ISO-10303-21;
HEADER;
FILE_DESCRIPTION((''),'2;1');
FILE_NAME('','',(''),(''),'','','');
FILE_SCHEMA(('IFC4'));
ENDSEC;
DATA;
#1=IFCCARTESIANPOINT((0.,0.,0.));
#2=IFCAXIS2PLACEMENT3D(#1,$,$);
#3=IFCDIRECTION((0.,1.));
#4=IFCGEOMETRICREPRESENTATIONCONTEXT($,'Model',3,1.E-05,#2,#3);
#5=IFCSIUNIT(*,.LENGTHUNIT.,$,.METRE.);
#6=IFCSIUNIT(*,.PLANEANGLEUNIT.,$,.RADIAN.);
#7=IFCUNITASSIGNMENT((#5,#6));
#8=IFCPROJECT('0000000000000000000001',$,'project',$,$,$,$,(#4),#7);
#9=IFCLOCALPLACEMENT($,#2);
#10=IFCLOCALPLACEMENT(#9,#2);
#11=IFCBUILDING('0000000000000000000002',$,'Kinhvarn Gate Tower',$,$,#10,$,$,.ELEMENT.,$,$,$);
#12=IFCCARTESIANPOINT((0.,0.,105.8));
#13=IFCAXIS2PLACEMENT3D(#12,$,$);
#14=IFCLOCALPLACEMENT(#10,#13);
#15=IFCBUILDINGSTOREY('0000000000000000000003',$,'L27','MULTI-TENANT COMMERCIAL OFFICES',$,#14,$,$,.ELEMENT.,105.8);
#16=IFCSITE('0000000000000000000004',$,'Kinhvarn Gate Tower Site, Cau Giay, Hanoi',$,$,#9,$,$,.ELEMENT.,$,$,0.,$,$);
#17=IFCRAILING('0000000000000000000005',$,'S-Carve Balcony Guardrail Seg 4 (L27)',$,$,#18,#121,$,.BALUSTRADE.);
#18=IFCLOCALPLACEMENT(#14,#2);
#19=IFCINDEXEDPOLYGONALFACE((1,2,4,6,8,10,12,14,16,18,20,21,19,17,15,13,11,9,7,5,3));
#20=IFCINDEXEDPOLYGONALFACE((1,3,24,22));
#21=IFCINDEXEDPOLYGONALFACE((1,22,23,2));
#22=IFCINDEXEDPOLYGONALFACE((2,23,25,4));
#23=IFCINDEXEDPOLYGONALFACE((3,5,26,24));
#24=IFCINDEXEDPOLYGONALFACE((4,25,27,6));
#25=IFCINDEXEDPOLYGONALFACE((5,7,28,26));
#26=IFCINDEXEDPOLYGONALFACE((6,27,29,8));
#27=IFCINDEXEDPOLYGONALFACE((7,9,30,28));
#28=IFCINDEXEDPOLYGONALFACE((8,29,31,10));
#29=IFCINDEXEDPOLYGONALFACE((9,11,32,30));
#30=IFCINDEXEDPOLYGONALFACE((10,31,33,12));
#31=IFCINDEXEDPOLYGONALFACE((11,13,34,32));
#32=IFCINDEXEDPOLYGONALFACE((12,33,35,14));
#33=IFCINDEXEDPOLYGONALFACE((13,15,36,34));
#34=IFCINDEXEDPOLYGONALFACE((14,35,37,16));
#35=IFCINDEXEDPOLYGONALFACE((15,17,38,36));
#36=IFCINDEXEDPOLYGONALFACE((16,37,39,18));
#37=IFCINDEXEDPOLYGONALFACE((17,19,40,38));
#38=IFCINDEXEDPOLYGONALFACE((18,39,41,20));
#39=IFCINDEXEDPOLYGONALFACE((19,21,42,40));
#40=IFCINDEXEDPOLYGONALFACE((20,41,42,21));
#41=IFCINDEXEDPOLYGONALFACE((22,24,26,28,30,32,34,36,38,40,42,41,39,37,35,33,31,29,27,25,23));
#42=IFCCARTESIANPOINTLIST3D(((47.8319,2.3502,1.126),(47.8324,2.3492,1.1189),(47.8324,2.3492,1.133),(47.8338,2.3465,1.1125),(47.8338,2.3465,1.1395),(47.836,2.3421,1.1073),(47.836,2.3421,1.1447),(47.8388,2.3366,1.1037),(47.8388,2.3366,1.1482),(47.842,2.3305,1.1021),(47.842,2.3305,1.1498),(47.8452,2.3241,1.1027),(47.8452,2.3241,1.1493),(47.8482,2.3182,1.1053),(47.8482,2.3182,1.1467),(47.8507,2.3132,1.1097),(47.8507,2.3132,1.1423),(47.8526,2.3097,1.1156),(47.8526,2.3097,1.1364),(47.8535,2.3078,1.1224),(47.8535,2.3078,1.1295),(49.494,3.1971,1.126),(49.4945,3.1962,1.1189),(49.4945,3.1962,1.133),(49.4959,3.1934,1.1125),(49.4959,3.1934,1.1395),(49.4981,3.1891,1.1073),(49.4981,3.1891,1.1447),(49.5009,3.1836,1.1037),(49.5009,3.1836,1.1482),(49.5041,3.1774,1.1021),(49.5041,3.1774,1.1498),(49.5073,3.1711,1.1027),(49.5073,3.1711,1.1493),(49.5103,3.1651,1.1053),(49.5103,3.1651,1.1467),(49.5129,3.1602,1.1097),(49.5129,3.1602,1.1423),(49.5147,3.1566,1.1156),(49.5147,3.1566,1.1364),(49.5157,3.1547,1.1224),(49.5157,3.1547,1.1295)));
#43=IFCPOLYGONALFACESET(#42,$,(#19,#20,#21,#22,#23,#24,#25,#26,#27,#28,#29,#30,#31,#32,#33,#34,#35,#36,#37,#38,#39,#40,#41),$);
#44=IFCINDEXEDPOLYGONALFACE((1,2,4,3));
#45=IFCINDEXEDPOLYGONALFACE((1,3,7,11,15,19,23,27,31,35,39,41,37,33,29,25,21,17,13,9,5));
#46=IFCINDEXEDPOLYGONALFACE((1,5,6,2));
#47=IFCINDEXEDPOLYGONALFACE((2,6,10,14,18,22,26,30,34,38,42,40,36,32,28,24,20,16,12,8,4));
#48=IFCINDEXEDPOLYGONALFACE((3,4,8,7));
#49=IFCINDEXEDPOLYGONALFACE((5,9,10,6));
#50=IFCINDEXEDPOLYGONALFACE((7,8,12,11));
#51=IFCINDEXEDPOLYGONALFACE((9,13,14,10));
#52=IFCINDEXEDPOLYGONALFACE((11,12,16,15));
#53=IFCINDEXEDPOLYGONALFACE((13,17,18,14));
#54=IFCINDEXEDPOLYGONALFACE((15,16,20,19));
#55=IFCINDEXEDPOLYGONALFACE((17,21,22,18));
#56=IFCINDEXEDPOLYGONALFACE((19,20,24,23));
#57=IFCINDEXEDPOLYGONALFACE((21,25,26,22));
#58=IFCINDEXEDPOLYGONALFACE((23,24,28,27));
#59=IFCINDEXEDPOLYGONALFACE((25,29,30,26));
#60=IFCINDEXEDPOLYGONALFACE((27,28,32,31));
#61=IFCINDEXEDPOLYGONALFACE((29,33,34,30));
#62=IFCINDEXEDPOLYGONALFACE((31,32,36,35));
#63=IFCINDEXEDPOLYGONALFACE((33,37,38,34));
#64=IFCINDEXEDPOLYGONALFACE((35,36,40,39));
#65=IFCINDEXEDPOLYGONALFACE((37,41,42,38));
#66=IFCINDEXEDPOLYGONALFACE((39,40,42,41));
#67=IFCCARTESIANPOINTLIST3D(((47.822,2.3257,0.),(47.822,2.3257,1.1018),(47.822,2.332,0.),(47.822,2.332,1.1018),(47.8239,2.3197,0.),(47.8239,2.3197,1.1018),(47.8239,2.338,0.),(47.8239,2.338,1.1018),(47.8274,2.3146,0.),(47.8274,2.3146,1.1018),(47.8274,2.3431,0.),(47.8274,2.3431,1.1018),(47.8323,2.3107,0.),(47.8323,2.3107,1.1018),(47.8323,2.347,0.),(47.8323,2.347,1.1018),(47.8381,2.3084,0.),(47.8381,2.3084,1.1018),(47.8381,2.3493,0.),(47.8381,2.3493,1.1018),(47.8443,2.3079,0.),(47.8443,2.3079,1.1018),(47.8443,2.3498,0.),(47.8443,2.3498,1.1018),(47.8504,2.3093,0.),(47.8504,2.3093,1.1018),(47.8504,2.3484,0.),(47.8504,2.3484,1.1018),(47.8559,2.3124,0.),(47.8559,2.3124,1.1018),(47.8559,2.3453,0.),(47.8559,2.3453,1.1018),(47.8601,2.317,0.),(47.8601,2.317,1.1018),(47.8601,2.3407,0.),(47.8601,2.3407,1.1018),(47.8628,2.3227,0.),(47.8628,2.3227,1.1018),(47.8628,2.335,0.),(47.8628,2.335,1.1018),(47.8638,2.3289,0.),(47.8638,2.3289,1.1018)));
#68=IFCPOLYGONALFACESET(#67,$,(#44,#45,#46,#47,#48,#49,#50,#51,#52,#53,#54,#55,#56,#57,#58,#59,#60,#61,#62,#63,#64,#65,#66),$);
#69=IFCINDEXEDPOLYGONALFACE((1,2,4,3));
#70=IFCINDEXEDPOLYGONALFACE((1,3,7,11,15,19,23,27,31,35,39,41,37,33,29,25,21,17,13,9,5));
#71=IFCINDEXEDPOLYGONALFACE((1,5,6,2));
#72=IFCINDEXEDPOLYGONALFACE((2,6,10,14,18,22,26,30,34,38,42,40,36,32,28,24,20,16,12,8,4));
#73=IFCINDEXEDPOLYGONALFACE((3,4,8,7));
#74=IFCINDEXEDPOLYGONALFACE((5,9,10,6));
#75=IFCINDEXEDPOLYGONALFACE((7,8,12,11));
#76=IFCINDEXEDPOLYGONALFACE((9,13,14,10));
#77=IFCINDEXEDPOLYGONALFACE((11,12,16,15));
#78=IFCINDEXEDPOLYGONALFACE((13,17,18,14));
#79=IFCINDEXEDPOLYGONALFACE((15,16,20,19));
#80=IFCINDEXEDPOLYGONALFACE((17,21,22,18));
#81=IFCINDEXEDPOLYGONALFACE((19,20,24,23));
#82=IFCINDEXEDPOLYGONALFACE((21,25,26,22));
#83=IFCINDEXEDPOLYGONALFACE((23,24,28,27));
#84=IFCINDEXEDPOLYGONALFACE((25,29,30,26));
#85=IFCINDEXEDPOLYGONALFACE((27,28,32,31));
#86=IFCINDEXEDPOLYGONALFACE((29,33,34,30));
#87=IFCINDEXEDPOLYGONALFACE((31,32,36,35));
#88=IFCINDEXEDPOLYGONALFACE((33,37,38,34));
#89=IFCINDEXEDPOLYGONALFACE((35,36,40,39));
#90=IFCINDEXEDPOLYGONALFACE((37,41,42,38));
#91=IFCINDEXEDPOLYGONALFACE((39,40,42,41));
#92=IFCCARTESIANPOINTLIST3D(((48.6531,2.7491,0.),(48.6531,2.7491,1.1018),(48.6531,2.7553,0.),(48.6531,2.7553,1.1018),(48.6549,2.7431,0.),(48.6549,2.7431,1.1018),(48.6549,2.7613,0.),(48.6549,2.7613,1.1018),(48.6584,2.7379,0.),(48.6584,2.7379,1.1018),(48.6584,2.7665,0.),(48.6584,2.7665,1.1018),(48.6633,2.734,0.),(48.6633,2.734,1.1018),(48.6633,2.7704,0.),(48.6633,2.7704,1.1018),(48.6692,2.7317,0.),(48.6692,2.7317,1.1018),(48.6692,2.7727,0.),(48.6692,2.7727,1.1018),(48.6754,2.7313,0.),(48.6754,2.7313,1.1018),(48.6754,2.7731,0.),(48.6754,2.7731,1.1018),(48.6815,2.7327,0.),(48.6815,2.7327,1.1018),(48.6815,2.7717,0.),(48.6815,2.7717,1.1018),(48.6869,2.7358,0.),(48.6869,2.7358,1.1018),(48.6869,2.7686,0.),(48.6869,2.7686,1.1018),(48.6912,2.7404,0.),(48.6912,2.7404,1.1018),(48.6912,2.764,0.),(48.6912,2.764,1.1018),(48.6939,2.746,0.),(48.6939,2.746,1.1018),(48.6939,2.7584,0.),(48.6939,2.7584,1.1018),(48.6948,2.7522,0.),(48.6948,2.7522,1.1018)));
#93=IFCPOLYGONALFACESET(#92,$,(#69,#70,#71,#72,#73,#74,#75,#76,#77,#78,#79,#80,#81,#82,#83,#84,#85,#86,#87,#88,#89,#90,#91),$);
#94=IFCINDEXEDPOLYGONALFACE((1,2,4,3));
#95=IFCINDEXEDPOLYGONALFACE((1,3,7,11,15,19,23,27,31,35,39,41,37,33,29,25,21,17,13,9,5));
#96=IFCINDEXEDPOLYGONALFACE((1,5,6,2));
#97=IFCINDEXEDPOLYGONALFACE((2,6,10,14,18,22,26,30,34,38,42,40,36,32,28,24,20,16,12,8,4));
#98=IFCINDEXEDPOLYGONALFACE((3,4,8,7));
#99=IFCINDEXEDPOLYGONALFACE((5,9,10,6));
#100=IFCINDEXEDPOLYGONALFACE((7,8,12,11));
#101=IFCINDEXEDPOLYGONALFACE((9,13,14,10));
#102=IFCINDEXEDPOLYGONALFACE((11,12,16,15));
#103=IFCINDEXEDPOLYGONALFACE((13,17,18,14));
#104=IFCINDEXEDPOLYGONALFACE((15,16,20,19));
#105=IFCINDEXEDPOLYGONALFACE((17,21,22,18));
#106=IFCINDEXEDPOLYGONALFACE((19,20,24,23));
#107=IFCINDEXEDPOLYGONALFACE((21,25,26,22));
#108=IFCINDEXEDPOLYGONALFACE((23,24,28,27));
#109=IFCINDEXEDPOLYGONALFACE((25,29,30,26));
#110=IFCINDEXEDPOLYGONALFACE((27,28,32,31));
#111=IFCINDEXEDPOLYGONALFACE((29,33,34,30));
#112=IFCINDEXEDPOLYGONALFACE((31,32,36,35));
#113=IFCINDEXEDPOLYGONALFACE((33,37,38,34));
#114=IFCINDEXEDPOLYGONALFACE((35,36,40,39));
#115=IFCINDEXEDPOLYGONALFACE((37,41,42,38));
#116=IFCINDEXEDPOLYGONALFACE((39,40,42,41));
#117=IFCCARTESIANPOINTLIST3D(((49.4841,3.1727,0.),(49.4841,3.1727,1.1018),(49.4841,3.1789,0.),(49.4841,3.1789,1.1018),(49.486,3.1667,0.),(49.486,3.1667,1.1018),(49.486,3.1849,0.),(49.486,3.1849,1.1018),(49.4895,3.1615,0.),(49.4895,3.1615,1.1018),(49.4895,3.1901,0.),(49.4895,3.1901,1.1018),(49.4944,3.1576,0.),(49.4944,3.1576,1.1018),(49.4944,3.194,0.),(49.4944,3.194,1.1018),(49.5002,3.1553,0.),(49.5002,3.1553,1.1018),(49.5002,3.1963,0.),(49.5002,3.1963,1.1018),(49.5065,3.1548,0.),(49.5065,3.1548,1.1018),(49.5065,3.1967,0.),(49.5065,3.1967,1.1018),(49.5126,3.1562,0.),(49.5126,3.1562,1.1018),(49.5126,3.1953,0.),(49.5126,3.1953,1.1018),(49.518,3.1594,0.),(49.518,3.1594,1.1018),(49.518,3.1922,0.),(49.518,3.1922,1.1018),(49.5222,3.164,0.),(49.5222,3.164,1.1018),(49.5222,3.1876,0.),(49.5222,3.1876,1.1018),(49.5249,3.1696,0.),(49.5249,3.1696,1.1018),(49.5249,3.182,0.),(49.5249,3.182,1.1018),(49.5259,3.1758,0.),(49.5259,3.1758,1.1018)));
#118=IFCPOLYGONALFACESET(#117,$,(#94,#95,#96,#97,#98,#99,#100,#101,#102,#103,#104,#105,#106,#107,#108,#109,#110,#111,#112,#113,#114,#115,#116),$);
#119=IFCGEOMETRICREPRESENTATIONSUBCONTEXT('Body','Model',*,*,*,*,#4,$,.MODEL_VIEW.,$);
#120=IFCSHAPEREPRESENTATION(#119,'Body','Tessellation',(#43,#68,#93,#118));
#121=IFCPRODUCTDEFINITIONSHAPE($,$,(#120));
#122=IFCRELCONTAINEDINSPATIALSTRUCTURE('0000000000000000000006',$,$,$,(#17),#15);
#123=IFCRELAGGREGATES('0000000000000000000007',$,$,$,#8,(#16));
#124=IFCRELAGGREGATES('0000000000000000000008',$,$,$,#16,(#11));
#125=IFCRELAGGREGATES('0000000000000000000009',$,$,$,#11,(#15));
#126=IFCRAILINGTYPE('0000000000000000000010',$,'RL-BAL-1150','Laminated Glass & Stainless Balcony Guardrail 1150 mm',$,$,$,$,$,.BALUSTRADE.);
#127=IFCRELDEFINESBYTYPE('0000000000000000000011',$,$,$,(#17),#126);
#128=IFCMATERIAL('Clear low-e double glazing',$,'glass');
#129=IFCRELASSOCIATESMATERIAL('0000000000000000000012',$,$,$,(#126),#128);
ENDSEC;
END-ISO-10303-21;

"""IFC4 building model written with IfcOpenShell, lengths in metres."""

from ifc_helpers import new_model, si_unit, direction, frame, origin, origin_2d, place, context, subcontext, project, spatial, circle, extrude, material, type_object, element, save


model = new_model("IFC4")

# Units and contexts
model_context = context("Model", 3, precision=1e-05, world=origin(), true_north=direction((0.0, 1.0)))
body_context = subcontext(model_context, "Body", "Model", "MODEL_VIEW")
ifc_project = project(units=[si_unit("LENGTHUNIT", "METRE"), si_unit("PLANEANGLEUNIT", "RADIAN")], contexts=[model_context])

# Site, building, storey
site_placement = place(None, origin())
site = spatial("IfcSite", under=ifc_project, at=site_placement, Name="Kinhvarn Gate Tower Site, Cau Giay, Hanoi", CompositionType="ELEMENT", RefElevation=0.0)
building_placement = place(site_placement, origin())
building = spatial("IfcBuilding", under=site, at=building_placement, Name="Kinhvarn Gate Tower", CompositionType="ELEMENT")
storey_placement = place(building_placement, frame((0.0, 0.0, 105.8)))
storey = spatial("IfcBuildingStorey", under=building, at=storey_placement, Name="L27", Description="MULTI-TENANT COMMERCIAL OFFICES", CompositionType="ELEMENT", Elevation=105.8)

# Shared definitions
ifc_material_1 = material(Name="Clear low-e double glazing", Category="glass")

# Railing
railing_type = type_object("IfcRailingType", Name="RL-BAL-1150", Description="Laminated Glass & Stainless Balcony Guardrail 1150 mm", PredefinedType="BALUSTRADE", material=ifc_material_1)
railing_1_placement = place(storey_placement, frame((47.8428, 2.3289, 0.0)))
element("IfcRailing", 1, at=railing_1_placement, inside=storey, type_object=railing_type, Name="S-Carve Balcony Guardrail Seg 4 (L27)", PredefinedType="BALUSTRADE", context=body_context, shape_type="SweptSolid", body=[
    extrude(circle(Radius=0.0239, at=origin_2d()), frame((0.0, 0.0, 1.126), z_axis=(0.890999, 0.454006, 0.0), x_axis=(-0.454006, 0.890999, 0.0)), (0.0, 0.0, 1.0), 1.8655),
    extrude(circle(Radius=0.021, at=origin_2d()), origin(), (0.0, 0.0, 1.0), 1.1018),
    extrude(circle(Radius=0.021, at=origin_2d()), frame((0.8311, 0.4233, 0.0)), (0.0, 0.0, 1.0), 1.1018),
    extrude(circle(Radius=0.021, at=origin_2d()), frame((1.6621, 0.8469, 0.0)), (0.0, 0.0, 1.0), 1.1018),
])

save(model, "model.ifc")
